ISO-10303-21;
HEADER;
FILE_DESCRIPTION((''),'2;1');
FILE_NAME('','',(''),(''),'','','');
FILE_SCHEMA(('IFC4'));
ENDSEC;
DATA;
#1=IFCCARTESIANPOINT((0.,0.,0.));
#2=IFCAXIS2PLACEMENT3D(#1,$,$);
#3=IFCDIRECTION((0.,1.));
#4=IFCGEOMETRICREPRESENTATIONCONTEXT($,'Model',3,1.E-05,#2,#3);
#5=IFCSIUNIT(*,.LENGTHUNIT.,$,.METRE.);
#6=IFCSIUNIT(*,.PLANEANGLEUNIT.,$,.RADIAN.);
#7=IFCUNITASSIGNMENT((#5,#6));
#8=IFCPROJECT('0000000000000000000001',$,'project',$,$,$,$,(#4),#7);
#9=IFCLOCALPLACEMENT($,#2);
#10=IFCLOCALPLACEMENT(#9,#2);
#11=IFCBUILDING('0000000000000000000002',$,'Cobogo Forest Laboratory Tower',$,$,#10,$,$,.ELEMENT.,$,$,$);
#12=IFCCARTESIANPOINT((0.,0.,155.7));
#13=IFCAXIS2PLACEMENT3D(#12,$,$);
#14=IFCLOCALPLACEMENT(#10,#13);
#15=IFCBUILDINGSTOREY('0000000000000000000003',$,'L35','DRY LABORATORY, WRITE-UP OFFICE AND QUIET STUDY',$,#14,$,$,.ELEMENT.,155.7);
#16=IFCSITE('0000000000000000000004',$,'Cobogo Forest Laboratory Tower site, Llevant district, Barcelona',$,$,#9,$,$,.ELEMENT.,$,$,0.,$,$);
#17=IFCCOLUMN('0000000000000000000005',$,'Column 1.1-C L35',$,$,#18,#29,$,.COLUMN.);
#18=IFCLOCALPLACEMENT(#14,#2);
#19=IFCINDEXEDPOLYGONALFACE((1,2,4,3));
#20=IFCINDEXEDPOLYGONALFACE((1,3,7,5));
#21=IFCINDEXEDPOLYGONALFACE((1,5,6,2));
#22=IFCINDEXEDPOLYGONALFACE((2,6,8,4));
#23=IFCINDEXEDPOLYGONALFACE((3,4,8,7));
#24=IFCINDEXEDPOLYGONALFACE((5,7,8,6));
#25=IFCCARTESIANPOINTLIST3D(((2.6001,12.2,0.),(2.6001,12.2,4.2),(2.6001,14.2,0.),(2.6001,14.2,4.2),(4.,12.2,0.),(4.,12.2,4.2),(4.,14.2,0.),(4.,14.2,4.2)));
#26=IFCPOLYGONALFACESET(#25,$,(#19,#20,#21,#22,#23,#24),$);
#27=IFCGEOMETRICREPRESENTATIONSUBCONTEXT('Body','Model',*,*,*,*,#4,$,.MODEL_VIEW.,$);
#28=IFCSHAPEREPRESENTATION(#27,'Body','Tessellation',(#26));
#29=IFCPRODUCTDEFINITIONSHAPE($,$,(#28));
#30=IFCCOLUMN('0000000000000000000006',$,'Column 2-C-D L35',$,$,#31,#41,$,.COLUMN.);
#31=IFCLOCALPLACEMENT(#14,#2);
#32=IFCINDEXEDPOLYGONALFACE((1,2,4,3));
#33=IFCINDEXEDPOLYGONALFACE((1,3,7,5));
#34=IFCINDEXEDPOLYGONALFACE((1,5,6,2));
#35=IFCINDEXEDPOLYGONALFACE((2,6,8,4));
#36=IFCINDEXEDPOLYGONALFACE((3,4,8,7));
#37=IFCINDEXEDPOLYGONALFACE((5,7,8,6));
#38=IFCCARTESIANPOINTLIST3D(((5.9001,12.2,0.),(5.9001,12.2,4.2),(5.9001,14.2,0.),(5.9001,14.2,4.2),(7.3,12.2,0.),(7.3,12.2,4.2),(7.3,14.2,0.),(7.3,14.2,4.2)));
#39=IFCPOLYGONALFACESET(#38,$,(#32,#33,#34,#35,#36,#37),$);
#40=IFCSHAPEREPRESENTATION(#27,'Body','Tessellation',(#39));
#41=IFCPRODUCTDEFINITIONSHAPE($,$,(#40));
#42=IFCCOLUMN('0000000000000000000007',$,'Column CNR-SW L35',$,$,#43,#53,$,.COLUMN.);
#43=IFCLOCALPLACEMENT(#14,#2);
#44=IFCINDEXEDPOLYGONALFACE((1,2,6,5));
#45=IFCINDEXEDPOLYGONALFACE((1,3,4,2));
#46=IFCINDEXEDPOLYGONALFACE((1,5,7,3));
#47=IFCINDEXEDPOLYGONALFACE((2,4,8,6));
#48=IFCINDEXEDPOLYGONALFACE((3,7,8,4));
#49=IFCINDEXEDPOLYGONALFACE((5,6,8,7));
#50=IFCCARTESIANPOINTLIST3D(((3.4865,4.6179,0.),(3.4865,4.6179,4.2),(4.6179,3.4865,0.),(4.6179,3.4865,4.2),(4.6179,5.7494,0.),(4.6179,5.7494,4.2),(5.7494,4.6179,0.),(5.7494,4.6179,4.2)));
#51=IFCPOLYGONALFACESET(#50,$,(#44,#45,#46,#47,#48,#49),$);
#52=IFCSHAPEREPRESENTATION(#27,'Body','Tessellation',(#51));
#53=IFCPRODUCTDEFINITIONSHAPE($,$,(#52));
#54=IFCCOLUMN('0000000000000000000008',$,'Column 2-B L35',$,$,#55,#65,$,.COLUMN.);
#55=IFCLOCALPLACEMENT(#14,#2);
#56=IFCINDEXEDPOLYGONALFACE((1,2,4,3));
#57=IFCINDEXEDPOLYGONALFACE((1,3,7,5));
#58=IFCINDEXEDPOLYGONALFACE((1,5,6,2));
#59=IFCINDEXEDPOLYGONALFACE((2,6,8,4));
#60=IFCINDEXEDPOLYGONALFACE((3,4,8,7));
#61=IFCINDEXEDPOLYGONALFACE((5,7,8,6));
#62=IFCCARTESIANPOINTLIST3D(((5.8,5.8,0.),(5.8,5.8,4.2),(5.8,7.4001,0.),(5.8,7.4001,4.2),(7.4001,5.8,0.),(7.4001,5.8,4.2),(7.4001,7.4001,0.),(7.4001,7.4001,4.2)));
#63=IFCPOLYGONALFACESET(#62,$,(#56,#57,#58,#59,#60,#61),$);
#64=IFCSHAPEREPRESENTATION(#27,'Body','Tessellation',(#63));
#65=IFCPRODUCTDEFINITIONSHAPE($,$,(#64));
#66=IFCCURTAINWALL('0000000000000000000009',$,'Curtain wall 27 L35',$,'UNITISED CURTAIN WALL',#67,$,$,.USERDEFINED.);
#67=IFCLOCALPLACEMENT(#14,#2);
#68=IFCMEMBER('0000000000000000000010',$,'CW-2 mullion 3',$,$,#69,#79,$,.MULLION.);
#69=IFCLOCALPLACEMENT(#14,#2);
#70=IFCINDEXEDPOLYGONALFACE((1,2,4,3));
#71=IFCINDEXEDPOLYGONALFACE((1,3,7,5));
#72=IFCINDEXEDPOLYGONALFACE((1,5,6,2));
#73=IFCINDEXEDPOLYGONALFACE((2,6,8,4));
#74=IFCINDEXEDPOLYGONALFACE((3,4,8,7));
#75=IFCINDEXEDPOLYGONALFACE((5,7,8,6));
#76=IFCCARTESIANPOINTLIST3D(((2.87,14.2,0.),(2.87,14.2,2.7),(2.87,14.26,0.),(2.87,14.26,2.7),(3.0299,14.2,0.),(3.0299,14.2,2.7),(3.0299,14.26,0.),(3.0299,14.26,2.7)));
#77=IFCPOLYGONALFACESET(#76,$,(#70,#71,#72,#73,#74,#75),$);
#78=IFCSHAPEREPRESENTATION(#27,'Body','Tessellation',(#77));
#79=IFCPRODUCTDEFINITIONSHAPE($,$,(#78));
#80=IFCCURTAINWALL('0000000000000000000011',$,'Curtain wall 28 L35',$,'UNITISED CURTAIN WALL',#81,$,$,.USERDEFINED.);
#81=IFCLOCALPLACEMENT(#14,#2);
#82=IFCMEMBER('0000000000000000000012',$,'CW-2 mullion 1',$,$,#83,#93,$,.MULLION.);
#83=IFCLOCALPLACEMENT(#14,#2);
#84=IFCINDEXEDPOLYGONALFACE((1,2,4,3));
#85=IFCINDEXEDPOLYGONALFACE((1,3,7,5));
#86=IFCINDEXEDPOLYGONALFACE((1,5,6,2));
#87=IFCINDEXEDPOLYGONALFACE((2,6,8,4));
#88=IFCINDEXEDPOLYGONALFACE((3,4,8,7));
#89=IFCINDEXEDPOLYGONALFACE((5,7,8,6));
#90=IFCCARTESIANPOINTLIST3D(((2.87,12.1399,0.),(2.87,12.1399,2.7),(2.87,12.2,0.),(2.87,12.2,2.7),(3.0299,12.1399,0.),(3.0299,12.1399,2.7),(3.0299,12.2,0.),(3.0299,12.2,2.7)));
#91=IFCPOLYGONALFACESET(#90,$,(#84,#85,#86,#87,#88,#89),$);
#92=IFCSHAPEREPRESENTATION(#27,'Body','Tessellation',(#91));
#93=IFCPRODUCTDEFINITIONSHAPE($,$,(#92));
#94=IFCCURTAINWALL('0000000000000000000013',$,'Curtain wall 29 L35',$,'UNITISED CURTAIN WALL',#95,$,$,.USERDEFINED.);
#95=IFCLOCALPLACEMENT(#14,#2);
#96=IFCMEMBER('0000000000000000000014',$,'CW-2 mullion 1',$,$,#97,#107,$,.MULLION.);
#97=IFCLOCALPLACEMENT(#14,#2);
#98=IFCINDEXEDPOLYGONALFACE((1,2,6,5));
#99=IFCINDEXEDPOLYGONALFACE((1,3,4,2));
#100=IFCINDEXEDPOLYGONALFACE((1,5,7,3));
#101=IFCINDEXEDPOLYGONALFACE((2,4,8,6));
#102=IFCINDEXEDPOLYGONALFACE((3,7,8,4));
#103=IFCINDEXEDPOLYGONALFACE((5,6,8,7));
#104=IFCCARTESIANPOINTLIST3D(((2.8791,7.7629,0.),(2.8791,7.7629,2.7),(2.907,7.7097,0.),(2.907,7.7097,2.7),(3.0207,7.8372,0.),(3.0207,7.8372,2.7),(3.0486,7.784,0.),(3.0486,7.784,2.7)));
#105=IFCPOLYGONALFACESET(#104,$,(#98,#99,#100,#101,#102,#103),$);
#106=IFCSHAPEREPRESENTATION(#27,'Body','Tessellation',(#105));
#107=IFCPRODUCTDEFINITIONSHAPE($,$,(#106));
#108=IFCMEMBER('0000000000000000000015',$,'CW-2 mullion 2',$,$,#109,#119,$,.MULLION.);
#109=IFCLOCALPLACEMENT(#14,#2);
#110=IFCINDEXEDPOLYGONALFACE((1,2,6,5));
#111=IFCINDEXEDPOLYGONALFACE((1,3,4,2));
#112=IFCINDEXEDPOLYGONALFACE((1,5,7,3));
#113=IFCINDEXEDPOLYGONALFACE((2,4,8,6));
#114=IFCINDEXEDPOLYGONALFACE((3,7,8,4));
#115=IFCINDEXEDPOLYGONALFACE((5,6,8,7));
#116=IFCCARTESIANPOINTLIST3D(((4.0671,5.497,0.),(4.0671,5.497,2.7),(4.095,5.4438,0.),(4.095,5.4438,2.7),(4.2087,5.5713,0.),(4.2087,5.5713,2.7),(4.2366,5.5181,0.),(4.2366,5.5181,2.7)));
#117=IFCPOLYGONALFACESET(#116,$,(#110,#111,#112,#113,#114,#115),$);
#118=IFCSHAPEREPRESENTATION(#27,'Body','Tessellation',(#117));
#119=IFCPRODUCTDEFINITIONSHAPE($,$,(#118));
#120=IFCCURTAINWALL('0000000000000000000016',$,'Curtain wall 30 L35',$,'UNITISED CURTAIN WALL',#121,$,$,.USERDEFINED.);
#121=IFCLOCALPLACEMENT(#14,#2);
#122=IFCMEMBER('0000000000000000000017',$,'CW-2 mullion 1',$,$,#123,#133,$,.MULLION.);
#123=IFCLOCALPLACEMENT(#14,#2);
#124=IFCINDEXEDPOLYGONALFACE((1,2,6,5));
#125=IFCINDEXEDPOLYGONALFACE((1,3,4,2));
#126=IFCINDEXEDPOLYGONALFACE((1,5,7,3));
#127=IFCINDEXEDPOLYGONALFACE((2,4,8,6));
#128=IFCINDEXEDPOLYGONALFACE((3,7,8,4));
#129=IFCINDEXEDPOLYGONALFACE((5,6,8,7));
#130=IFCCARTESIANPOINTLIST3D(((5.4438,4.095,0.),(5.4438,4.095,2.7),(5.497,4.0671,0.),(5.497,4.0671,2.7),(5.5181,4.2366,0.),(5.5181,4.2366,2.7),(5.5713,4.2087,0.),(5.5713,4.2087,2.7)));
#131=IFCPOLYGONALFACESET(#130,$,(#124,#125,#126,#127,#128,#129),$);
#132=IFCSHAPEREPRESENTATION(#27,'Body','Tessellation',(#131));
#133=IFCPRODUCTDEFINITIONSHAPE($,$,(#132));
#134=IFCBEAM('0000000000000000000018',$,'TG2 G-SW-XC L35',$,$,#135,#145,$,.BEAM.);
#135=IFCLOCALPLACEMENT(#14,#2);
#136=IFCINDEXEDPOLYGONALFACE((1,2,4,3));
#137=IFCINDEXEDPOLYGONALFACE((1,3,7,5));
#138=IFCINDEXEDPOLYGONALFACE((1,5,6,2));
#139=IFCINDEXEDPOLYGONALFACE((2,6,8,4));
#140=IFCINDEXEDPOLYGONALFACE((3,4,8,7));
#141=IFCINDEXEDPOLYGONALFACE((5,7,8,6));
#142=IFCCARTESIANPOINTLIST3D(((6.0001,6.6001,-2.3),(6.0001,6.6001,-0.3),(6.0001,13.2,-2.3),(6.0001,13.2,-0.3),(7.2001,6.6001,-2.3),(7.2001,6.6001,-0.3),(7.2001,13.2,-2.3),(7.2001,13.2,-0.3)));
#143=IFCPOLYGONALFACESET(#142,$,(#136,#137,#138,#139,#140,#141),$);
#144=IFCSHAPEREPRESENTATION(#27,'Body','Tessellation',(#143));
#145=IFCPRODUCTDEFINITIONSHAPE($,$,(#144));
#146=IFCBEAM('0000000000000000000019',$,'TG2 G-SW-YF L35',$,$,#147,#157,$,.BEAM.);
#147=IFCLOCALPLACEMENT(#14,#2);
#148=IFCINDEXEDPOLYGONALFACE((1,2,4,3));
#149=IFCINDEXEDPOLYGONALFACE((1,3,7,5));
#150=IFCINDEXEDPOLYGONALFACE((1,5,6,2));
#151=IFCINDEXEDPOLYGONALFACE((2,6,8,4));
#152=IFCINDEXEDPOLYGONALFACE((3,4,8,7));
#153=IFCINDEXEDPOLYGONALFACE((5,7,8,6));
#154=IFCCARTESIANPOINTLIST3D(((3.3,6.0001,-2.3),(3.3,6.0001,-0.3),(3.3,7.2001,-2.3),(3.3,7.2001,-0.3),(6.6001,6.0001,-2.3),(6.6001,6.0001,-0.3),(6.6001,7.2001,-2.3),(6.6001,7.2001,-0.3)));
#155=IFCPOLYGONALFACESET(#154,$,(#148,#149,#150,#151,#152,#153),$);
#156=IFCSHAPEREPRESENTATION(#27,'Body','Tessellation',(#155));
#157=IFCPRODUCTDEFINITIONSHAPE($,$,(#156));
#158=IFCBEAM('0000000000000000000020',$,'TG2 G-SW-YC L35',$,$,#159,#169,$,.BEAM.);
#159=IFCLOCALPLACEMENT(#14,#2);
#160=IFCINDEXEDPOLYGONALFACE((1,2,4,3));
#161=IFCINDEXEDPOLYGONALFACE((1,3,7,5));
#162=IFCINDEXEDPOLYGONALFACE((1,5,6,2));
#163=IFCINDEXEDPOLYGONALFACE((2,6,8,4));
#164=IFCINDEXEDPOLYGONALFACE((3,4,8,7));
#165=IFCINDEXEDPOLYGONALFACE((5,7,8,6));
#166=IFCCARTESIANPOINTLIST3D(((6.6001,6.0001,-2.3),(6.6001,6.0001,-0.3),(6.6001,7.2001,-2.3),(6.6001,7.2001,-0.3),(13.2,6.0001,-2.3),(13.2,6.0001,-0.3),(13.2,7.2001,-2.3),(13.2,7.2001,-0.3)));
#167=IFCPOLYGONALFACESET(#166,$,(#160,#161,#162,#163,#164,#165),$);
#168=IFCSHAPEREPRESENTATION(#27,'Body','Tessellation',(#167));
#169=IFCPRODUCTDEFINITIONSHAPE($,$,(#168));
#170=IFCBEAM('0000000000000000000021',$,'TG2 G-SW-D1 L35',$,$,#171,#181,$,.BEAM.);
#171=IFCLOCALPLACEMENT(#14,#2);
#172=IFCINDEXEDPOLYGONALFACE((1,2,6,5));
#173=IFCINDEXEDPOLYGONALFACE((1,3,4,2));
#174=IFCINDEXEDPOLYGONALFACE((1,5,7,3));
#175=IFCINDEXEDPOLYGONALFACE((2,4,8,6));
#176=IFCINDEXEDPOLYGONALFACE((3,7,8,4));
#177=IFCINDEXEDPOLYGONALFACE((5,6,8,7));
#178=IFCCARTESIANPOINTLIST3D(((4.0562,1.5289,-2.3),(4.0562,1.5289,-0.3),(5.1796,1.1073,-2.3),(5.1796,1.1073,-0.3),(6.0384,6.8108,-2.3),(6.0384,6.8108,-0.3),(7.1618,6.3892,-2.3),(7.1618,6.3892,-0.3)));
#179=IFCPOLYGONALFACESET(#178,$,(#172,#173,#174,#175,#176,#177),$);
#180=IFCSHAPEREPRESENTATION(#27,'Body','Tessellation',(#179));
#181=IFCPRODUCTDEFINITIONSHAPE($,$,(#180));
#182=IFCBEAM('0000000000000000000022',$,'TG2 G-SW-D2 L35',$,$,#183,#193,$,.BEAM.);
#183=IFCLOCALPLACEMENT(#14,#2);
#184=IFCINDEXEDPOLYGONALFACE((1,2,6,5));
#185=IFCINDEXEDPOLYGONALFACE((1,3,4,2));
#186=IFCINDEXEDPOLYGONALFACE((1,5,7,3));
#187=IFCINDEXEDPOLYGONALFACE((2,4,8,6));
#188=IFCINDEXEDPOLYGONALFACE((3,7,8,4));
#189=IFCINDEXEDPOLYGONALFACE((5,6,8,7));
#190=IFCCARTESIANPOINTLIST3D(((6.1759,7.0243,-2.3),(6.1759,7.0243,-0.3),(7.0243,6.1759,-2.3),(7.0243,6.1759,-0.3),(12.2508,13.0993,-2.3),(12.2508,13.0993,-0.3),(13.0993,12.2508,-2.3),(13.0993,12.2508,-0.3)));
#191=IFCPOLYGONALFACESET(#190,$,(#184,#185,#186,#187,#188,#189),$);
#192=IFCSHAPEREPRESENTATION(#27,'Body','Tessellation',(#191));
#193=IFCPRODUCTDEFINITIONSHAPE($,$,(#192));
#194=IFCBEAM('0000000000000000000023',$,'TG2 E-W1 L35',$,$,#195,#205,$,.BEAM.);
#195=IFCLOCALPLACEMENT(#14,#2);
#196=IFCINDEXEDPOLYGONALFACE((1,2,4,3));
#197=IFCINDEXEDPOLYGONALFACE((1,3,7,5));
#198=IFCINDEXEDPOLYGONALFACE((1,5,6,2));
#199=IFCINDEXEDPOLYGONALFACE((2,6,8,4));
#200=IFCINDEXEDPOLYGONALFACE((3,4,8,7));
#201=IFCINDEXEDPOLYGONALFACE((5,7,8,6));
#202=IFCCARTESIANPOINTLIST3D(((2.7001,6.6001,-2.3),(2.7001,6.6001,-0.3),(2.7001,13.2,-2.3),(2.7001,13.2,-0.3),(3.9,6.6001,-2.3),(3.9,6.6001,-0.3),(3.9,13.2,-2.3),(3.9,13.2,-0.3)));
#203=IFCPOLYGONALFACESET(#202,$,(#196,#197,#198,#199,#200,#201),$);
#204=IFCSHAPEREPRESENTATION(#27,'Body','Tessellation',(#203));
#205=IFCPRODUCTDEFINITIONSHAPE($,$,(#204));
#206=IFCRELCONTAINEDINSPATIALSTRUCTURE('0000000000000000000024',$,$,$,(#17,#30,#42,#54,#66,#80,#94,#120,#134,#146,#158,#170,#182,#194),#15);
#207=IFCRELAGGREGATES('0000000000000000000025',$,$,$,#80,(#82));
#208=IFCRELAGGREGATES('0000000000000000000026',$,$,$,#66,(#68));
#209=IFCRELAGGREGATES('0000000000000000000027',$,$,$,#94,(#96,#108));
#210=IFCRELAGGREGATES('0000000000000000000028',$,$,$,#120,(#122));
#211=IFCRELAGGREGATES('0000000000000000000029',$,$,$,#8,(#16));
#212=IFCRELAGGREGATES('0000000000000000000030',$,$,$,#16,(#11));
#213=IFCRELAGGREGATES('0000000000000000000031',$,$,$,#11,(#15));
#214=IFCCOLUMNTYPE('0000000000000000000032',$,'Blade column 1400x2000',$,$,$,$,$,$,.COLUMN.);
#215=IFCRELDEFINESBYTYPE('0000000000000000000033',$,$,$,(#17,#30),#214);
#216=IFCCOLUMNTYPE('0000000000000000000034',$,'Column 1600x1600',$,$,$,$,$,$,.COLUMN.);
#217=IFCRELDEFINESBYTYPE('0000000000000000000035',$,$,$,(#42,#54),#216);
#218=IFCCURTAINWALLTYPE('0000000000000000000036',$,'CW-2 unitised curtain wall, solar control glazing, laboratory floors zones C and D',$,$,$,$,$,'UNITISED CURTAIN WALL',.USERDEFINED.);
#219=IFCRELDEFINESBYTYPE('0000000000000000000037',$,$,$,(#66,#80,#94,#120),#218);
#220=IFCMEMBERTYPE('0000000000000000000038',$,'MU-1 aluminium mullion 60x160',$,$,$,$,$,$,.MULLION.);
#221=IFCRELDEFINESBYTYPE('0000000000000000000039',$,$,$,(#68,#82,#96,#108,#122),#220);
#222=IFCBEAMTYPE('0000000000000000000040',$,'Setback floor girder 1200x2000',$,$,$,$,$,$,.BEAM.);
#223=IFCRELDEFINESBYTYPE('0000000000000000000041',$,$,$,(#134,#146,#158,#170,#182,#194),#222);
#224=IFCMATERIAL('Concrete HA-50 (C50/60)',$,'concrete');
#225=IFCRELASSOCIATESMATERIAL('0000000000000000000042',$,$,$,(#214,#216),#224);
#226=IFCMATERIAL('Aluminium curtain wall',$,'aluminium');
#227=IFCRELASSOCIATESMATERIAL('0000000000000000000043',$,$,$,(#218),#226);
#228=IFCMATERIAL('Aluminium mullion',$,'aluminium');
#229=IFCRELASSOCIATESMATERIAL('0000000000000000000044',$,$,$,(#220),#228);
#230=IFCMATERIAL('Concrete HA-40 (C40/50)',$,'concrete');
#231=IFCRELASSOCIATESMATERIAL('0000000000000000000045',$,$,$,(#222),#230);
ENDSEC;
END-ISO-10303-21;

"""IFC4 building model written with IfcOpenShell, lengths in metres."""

from ifc_helpers import new_model, si_unit, direction, frame, origin, origin_2d, place, context, subcontext, project, spatial, rectangle, extrude, material, material_profile, profile_set, type_object, element, aggregate, save


model = new_model("IFC4")

# Units and contexts
model_context = context("Model", 3, precision=1e-05, world=origin(), true_north=direction((0.0, 1.0)))
body_context = subcontext(model_context, "Body", "Model", "MODEL_VIEW")
ifc_project = project(units=[si_unit("LENGTHUNIT", "METRE"), si_unit("PLANEANGLEUNIT", "RADIAN")], contexts=[model_context])

# Site, building, storey
site_placement = place(None, origin())
site = spatial("IfcSite", under=ifc_project, at=site_placement, Name="Cobogo Forest Laboratory Tower site, Llevant district, Barcelona", CompositionType="ELEMENT", RefElevation=0.0)
building_placement = place(site_placement, origin())
building = spatial("IfcBuilding", under=site, at=building_placement, Name="Cobogo Forest Laboratory Tower", CompositionType="ELEMENT")
storey_placement = place(building_placement, frame((0.0, 0.0, 155.7)))
storey = spatial("IfcBuildingStorey", under=building, at=storey_placement, Name="L35", Description="DRY LABORATORY, WRITE-UP OFFICE AND QUIET STUDY", CompositionType="ELEMENT", Elevation=155.7)

# Columns
ifc_material_1 = material(Name="Concrete HA-50 (C50/60)", Category="concrete")
ifc_material_profile_1 = material_profile(ifc_material_1, rectangle(XDim=2.0, YDim=1.3999, at=origin_2d()), Name="RC 1400x2000")
ifc_profile_set_1 = profile_set([ifc_material_profile_1], Name="Concrete HA-50 (C50/60)")
column_type_1 = type_object("IfcColumnType", Name="Blade column 1400x2000", PredefinedType="COLUMN", material=ifc_profile_set_1)
for number, where, z_axis, x_axis, name in (
    (1, (3.3, 13.2, 0.0), (0.0, 0.0, 1.0), (0.0, 1.0, 0.0), "Column 1.1-C L35"),
    (2, (6.6001, 13.2, 0.0), (0.0, 0.0, 1.0), (0.0, 1.0, 0.0), "Column 2-C-D L35"),
):
    element("IfcColumn", number, at=place(storey_placement, frame(where, z_axis=z_axis, x_axis=x_axis)), inside=storey, type_object=column_type_1, Name=name, PredefinedType="COLUMN", context=body_context, shape_type="SweptSolid", body=[
        extrude(rectangle(XDim=2.0, YDim=1.3999, at=origin_2d()), origin(), (0.0, 0.0, 1.0), 4.2),
    ])
ifc_material_profile_2 = material_profile(ifc_material_1, rectangle(XDim=1.6001, YDim=1.6001, at=origin_2d()), Name="RC 1600x1600")
ifc_profile_set_2 = profile_set([ifc_material_profile_2], Name="Concrete HA-50 (C50/60)")
column_type_2 = type_object("IfcColumnType", Name="Column 1600x1600", PredefinedType="COLUMN", material=ifc_profile_set_2)
for number, where, z_axis, x_axis, name in (
    (3, (4.6179, 4.6179, 0.0), (0.0, 0.0, 1.0), (0.707107, 0.707107, 0.0), "Column CNR-SW L35"),
    (4, (6.6001, 6.6001, 0.0), (0.0, 0.0, 1.0), (1.0, 0.0, 0.0), "Column 2-B L35"),
):
    element("IfcColumn", number, at=place(storey_placement, frame(where, z_axis=z_axis, x_axis=x_axis)), inside=storey, type_object=column_type_2, Name=name, PredefinedType="COLUMN", context=body_context, shape_type="SweptSolid", body=[
        extrude(rectangle(XDim=1.6001, YDim=1.6001, at=origin_2d()), origin(), (0.0, 0.0, 1.0), 4.2),
    ])

# Curtain walls, members
ifc_material_2 = material(Name="Aluminium curtain wall", Category="aluminium")
curtain_wall_type = type_object("IfcCurtainWallType", Name="CW-2 unitised curtain wall, solar control glazing, laboratory floors zones C and D", ElementType="UNITISED CURTAIN WALL", PredefinedType="USERDEFINED", material=ifc_material_2)
curtain_wall_1_placement = place(storey_placement, origin())
curtain_wall_1 = element("IfcCurtainWall", 5, at=curtain_wall_1_placement, inside=storey, type_object=curtain_wall_type, Name="Curtain wall 27 L35", ObjectType="UNITISED CURTAIN WALL", PredefinedType="USERDEFINED")
ifc_material_3 = material(Name="Aluminium mullion", Category="aluminium")
ifc_material_profile_3 = material_profile(ifc_material_3, rectangle(XDim=0.0601, YDim=0.1599, at=origin_2d()), Name="AL 60x160")
ifc_profile_set_3 = profile_set([ifc_material_profile_3], Name="Aluminium mullion")
member_type_1 = type_object("IfcMemberType", Name="MU-1 aluminium mullion 60x160", PredefinedType="MULLION", material=ifc_profile_set_3)
member_1_placement = place(storey_placement, frame((2.95, 14.23, 0.0), z_axis=(0.0, 0.0, 1.0), x_axis=(0.0, -1.0, 0.0)))
member_1 = element("IfcMember", 6, at=member_1_placement, type_object=member_type_1, Name="CW-2 mullion 3", PredefinedType="MULLION", context=body_context, shape_type="SweptSolid", body=[
    extrude(rectangle(XDim=0.0601, YDim=0.1599, at=origin_2d()), origin(), (0.0, 0.0, 1.0), 2.7),
])
curtain_wall_2_placement = place(storey_placement, origin())
curtain_wall_2 = element("IfcCurtainWall", 7, at=curtain_wall_2_placement, inside=storey, type_object=curtain_wall_type, Name="Curtain wall 28 L35", ObjectType="UNITISED CURTAIN WALL", PredefinedType="USERDEFINED")
member_2_placement = place(storey_placement, frame((2.95, 12.1699, 0.0), z_axis=(0.0, 0.0, 1.0), x_axis=(0.0, -1.0, 0.0)))
member_2 = element("IfcMember", 8, at=member_2_placement, type_object=member_type_1, Name="CW-2 mullion 1", PredefinedType="MULLION", context=body_context, shape_type="SweptSolid", body=[
    extrude(rectangle(XDim=0.0601, YDim=0.1599, at=origin_2d()), origin(), (0.0, 0.0, 1.0), 2.7),
])

# Curtain wall, members
curtain_wall_3_placement = place(storey_placement, origin())
curtain_wall_3 = element("IfcCurtainWall", 9, at=curtain_wall_3_placement, inside=storey, type_object=curtain_wall_type, Name="Curtain wall 29 L35", ObjectType="UNITISED CURTAIN WALL", PredefinedType="USERDEFINED")
member_3_placement = place(storey_placement, frame((2.9639, 7.7734, 0.0), z_axis=(0.0, 0.0, 1.0), x_axis=(0.464284, -0.885687, 0.0)))
member_3 = element("IfcMember", 10, at=member_3_placement, type_object=member_type_1, Name="CW-2 mullion 1", PredefinedType="MULLION", context=body_context, shape_type="SweptSolid", body=[
    extrude(rectangle(XDim=0.0601, YDim=0.1599, at=origin_2d()), origin(), (0.0, 0.0, 1.0), 2.7),
])
member_4_placement = place(storey_placement, frame((4.1519, 5.5076, 0.0), z_axis=(0.0, 0.0, 1.0), x_axis=(0.464284, -0.885687, 0.0)))
member_4 = element("IfcMember", 11, at=member_4_placement, type_object=member_type_1, Name="CW-2 mullion 2", PredefinedType="MULLION", context=body_context, shape_type="SweptSolid", body=[
    extrude(rectangle(XDim=0.0601, YDim=0.1599, at=origin_2d()), origin(), (0.0, 0.0, 1.0), 2.7),
])

# Curtain wall, member
curtain_wall_4_placement = place(storey_placement, origin())
curtain_wall_4 = element("IfcCurtainWall", 12, at=curtain_wall_4_placement, inside=storey, type_object=curtain_wall_type, Name="Curtain wall 30 L35", ObjectType="UNITISED CURTAIN WALL", PredefinedType="USERDEFINED")
member_5_placement = place(storey_placement, frame((5.5076, 4.1519, 0.0), z_axis=(0.0, 0.0, 1.0), x_axis=(0.885687, -0.464284, 0.0)))
member_5 = element("IfcMember", 13, at=member_5_placement, type_object=member_type_1, Name="CW-2 mullion 1", PredefinedType="MULLION", context=body_context, shape_type="SweptSolid", body=[
    extrude(rectangle(XDim=0.0601, YDim=0.1599, at=origin_2d()), origin(), (0.0, 0.0, 1.0), 2.7),
])

# Beams
ifc_material_4 = material(Name="Concrete HA-40 (C40/50)", Category="concrete")
ifc_material_profile_4 = material_profile(ifc_material_4, rectangle(XDim=1.2, YDim=2.0, at=origin_2d()), Name="RC 1200x2000")
ifc_profile_set_4 = profile_set([ifc_material_profile_4], Name="Concrete HA-40 (C40/50)")
beam_type = type_object("IfcBeamType", Name="Setback floor girder 1200x2000", PredefinedType="BEAM", material=ifc_profile_set_4)
beam_1_placement = place(storey_placement, frame((6.6001, 6.6001, -1.3), z_axis=(0.0, 1.0, 0.0), x_axis=(-1.0, 0.0, 0.0)))
element("IfcBeam", 14, at=beam_1_placement, inside=storey, type_object=beam_type, Name="TG2 G-SW-XC L35", PredefinedType="BEAM", context=body_context, shape_type="SweptSolid", body=[
    extrude(rectangle(XDim=1.2, YDim=2.0, at=origin_2d()), origin(), (0.0, 0.0, 1.0), 6.5999),
])
beam_2_placement = place(storey_placement, frame((3.3, 6.6001, -1.3), z_axis=(1.0, 0.0, 0.0), x_axis=(0.0, 1.0, 0.0)))
element("IfcBeam", 15, at=beam_2_placement, inside=storey, type_object=beam_type, Name="TG2 G-SW-YF L35", PredefinedType="BEAM", context=body_context, shape_type="SweptSolid", body=[
    extrude(rectangle(XDim=1.2, YDim=2.0, at=origin_2d()), origin(), (0.0, 0.0, 1.0), 3.3),
])
beam_3_placement = place(storey_placement, frame((6.6001, 6.6001, -1.3), z_axis=(1.0, 0.0, 0.0), x_axis=(0.0, 1.0, 0.0)))
element("IfcBeam", 16, at=beam_3_placement, inside=storey, type_object=beam_type, Name="TG2 G-SW-YC L35", PredefinedType="BEAM", context=body_context, shape_type="SweptSolid", body=[
    extrude(rectangle(XDim=1.2, YDim=2.0, at=origin_2d()), origin(), (0.0, 0.0, 1.0), 6.5999),
])
beam_4_placement = place(storey_placement, frame((4.6179, 1.3181, -1.3), z_axis=(0.351346, 0.936246, 0.0), x_axis=(-0.936246, 0.351346, 0.0)))
element("IfcBeam", 17, at=beam_4_placement, inside=storey, type_object=beam_type, Name="TG2 G-SW-D1 L35", PredefinedType="BEAM", context=body_context, shape_type="SweptSolid", body=[
    extrude(rectangle(XDim=1.2, YDim=2.0, at=origin_2d()), origin(), (0.0, 0.0, 1.0), 5.6416),
])
beam_5_placement = place(storey_placement, frame((6.6001, 6.6001, -1.3), z_axis=(0.707107, 0.707107, 0.0), x_axis=(-0.707107, 0.707107, 0.0)))
element("IfcBeam", 18, at=beam_5_placement, inside=storey, type_object=beam_type, Name="TG2 G-SW-D2 L35", PredefinedType="BEAM", context=body_context, shape_type="SweptSolid", body=[
    extrude(rectangle(XDim=1.2, YDim=2.0, at=origin_2d()), origin(), (0.0, 0.0, 1.0), 8.5913),
])
beam_6_placement = place(storey_placement, frame((3.3, 6.6001, -1.3), z_axis=(0.0, 1.0, 0.0), x_axis=(-1.0, 0.0, 0.0)))
element("IfcBeam", 19, at=beam_6_placement, inside=storey, type_object=beam_type, Name="TG2 E-W1 L35", PredefinedType="BEAM", context=body_context, shape_type="SweptSolid", body=[
    extrude(rectangle(XDim=1.2, YDim=2.0, at=origin_2d()), origin(), (0.0, 0.0, 1.0), 6.5999),
])

aggregate(curtain_wall_2, [member_2])

aggregate(curtain_wall_1, [member_1])
aggregate(curtain_wall_3, [member_3, member_4])
aggregate(curtain_wall_4, [member_5])

save(model, "model.ifc")
